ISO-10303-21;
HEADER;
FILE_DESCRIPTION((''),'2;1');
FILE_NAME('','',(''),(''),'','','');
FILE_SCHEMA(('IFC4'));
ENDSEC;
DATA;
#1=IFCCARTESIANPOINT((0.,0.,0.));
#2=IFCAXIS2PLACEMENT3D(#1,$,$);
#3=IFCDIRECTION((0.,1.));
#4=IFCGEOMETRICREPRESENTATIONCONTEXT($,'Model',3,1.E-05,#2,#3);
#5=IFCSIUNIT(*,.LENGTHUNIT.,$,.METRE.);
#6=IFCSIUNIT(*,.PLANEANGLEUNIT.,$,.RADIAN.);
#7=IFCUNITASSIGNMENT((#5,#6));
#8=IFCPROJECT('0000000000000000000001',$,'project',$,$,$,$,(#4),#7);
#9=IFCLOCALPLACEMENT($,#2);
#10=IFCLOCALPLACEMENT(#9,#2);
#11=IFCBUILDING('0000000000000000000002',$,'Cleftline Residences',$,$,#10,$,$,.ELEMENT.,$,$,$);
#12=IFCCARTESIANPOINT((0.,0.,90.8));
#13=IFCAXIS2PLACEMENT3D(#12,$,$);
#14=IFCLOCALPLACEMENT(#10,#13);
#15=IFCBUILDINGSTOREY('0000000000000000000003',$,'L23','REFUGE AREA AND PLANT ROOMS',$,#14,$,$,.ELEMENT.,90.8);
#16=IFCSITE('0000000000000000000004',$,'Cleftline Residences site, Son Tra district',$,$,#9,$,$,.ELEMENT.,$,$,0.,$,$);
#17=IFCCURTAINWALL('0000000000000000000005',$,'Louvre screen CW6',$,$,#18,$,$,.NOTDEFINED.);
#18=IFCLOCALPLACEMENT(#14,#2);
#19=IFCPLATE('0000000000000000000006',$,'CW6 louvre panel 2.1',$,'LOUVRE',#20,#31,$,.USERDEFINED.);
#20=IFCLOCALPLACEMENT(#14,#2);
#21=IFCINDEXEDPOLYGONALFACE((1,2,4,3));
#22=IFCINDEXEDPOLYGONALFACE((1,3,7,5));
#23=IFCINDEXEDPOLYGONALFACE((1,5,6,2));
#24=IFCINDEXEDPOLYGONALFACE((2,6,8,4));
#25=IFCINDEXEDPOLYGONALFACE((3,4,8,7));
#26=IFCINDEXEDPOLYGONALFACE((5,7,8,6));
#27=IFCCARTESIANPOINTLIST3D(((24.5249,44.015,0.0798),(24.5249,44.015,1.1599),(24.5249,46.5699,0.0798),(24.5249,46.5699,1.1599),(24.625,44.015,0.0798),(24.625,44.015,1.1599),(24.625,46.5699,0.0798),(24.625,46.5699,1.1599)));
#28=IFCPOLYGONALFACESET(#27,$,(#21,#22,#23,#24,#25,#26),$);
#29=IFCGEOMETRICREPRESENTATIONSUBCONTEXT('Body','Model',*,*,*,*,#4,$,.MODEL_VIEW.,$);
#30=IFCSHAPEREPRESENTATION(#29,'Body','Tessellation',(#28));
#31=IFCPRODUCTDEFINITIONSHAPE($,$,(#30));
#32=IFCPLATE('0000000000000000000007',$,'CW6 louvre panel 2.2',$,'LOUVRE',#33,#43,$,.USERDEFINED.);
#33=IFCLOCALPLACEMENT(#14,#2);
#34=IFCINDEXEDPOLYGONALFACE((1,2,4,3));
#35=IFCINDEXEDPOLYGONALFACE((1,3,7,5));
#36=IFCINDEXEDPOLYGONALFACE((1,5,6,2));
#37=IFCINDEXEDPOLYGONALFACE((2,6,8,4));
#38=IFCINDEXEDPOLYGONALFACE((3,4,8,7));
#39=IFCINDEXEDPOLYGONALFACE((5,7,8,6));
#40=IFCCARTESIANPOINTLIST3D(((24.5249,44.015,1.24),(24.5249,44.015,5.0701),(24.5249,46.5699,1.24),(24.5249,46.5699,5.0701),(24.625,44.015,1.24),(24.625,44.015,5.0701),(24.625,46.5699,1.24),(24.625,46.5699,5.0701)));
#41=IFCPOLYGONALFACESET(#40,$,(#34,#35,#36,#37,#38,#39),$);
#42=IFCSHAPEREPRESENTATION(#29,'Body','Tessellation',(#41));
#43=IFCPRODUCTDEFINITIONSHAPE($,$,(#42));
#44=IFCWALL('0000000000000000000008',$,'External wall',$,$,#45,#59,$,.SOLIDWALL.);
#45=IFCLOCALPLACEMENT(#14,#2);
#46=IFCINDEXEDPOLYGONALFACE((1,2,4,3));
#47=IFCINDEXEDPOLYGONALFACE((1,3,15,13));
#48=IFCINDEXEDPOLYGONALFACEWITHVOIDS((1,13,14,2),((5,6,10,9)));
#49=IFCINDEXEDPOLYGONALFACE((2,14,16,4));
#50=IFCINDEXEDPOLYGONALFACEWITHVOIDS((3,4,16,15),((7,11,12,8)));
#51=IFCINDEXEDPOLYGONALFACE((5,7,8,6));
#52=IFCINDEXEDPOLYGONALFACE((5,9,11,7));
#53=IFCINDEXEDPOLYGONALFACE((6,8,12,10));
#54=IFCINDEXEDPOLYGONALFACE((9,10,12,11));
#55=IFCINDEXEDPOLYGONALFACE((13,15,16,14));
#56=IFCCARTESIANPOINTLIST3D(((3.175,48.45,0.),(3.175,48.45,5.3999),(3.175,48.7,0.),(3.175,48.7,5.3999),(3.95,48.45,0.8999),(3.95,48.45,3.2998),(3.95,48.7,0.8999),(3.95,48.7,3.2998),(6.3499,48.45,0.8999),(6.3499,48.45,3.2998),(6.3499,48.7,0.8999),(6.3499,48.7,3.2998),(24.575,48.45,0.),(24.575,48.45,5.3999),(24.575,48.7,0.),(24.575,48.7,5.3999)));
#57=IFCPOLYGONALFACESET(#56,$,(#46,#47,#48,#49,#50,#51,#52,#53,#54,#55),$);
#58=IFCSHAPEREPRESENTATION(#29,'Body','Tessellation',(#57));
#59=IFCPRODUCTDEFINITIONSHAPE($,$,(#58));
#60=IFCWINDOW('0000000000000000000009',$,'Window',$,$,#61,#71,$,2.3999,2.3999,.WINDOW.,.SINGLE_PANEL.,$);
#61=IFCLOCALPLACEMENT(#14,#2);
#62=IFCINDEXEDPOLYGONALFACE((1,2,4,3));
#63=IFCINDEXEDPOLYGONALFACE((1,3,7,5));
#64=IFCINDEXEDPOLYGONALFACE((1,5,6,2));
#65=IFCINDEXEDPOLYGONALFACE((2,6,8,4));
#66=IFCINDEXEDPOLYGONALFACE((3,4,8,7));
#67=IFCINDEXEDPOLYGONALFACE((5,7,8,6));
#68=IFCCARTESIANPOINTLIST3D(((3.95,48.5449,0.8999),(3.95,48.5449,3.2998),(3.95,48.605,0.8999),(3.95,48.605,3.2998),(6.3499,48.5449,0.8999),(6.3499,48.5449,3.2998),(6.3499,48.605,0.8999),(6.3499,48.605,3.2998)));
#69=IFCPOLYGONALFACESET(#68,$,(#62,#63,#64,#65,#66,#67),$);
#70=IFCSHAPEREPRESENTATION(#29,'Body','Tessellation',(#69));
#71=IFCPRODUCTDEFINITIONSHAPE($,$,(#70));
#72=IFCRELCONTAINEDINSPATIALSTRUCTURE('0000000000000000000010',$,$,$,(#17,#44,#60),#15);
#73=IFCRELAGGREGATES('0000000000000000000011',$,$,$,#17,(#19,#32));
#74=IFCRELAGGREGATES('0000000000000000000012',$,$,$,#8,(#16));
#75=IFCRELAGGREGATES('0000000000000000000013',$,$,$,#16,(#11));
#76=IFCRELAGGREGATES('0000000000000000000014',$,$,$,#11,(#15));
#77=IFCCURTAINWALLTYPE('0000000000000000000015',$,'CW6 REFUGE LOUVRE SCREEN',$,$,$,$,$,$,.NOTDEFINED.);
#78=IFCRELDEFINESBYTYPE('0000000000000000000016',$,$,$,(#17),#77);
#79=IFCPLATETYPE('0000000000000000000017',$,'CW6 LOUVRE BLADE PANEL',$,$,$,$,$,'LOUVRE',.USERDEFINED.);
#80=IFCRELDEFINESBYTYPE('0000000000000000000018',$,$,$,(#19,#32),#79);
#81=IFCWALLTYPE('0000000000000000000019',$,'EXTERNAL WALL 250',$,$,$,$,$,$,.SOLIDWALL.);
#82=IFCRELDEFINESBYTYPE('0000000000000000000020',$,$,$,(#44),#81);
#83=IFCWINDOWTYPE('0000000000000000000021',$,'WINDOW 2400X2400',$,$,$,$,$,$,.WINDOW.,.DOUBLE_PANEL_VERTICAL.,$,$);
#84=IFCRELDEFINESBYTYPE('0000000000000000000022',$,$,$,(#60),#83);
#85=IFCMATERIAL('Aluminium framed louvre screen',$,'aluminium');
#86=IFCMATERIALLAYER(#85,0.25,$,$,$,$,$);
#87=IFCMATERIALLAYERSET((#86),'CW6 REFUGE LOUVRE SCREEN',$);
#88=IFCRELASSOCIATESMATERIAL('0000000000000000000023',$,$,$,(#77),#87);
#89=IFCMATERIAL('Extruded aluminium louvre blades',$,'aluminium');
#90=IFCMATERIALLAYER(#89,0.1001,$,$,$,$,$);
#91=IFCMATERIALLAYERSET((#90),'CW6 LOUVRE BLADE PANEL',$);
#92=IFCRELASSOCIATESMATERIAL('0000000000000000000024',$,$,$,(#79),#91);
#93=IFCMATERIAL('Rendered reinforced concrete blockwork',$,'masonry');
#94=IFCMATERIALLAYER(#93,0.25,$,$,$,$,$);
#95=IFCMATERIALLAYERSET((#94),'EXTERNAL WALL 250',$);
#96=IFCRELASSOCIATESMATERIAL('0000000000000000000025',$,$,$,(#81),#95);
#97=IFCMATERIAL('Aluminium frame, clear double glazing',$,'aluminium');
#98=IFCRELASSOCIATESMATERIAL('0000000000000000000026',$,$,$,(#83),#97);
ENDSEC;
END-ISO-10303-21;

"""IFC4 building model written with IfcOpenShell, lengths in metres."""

from ifc_helpers import new_model, si_unit, direction, frame, frame_2d, origin, origin_2d, place, context, subcontext, project, spatial, rectangle, extrude, material, layer, layer_set, type_object, element, fill, aggregate, save


model = new_model("IFC4")

# Units and contexts
model_context = context("Model", 3, precision=1e-05, world=origin(), true_north=direction((0.0, 1.0)))
body_context = subcontext(model_context, "Body", "Model", "MODEL_VIEW")
ifc_project = project(units=[si_unit("LENGTHUNIT", "METRE"), si_unit("PLANEANGLEUNIT", "RADIAN")], contexts=[model_context])

# Site, building, storey
site_placement = place(None, origin())
site = spatial("IfcSite", under=ifc_project, at=site_placement, Name="Cleftline Residences site, Son Tra district", CompositionType="ELEMENT", RefElevation=0.0)
building_placement = place(site_placement, origin())
building = spatial("IfcBuilding", under=site, at=building_placement, Name="Cleftline Residences", CompositionType="ELEMENT")
storey_placement = place(building_placement, frame((0.0, 0.0, 90.8)))
storey = spatial("IfcBuildingStorey", under=building, at=storey_placement, Name="L23", Description="REFUGE AREA AND PLANT ROOMS", CompositionType="ELEMENT", Elevation=90.8)

# Curtain wall
ifc_material_1 = material(Name="Aluminium framed louvre screen", Category="aluminium")
ifc_layer_1 = layer(ifc_material_1, 0.25)
ifc_layer_set_1 = layer_set([ifc_layer_1], Name="CW6 REFUGE LOUVRE SCREEN")
curtain_wall_type_1 = type_object("IfcCurtainWallType", Name="CW6 REFUGE LOUVRE SCREEN", PredefinedType="NOTDEFINED", material=ifc_layer_set_1)
curtain_wall_1_placement = place(storey_placement, origin())
curtain_wall_1 = element("IfcCurtainWall", 1, at=curtain_wall_1_placement, inside=storey, type_object=curtain_wall_type_1, Name="Louvre screen CW6", PredefinedType="NOTDEFINED")

# Plates
ifc_material_2 = material(Name="Extruded aluminium louvre blades", Category="aluminium")
ifc_layer_2 = layer(ifc_material_2, 0.1001)
ifc_layer_set_2 = layer_set([ifc_layer_2], Name="CW6 LOUVRE BLADE PANEL")
plate_type_1 = type_object("IfcPlateType", Name="CW6 LOUVRE BLADE PANEL", ElementType="LOUVRE", PredefinedType="USERDEFINED", material=ifc_layer_set_2)
plate_1_placement = place(storey_placement, frame((24.575, 45.2925, 0.0798), z_axis=(0.0, 0.0, 1.0), x_axis=(0.0, 1.0, 0.0)))
plate_1 = element("IfcPlate", 2, at=plate_1_placement, type_object=plate_type_1, Name="CW6 louvre panel 2.1", ObjectType="LOUVRE", PredefinedType="USERDEFINED", context=body_context, shape_type="SweptSolid", body=[
    extrude(rectangle(XDim=2.5549, YDim=0.1001, at=origin_2d()), origin(), (0.0, 0.0, 1.0), 1.0801),
])
plate_2_placement = place(storey_placement, frame((24.575, 45.2925, 1.24), z_axis=(0.0, 0.0, 1.0), x_axis=(0.0, 1.0, 0.0)))
plate_2 = element("IfcPlate", 3, at=plate_2_placement, type_object=plate_type_1, Name="CW6 louvre panel 2.2", ObjectType="LOUVRE", PredefinedType="USERDEFINED", context=body_context, shape_type="SweptSolid", body=[
    extrude(rectangle(XDim=2.5549, YDim=0.1001, at=origin_2d()), origin(), (0.0, 0.0, 1.0), 3.8301),
])
aggregate(curtain_wall_1, [plate_1, plate_2])

# Wall, opening, window
ifc_material_3 = material(Name="Rendered reinforced concrete blockwork", Category="masonry")
ifc_layer_3 = layer(ifc_material_3, 0.25)
ifc_layer_set_3 = layer_set([ifc_layer_3], Name="EXTERNAL WALL 250")
wall_type = type_object("IfcWallType", Name="EXTERNAL WALL 250", PredefinedType="SOLIDWALL", material=ifc_layer_set_3)
wall_placement = place(storey_placement, frame((24.575, 48.575, 0.0), z_axis=(0.0, 0.0, 1.0), x_axis=(-1.0, 0.0, 0.0)))
wall = element("IfcWall", 4, at=wall_placement, inside=storey, type_object=wall_type, Name="External wall", PredefinedType="SOLIDWALL", context=body_context, shape_type="SweptSolid", body=[
    extrude(rectangle(XDim=21.3999, YDim=0.25, at=frame_2d((10.7, 0.0))), origin(), (0.0, 0.0, 1.0), 5.3999),
])
opening_placement = place(wall_placement, frame((18.2251, 0.0, 0.8999)))
opening = element("IfcOpeningElement", 5, at=opening_placement, cuts=wall, PredefinedType="OPENING", context=body_context, shape_type="SweptSolid", body=[
    extrude(rectangle(XDim=2.3999, YDim=2.3999, at=frame_2d((1.2, 1.2))), frame((0.0, 0.135, 0.0), z_axis=(0.0, -1.0, 0.0), x_axis=(1.0, 0.0, 0.0)), (0.0, 0.0, 1.0), 0.27),
])
ifc_material_4 = material(Name="Aluminium frame, clear double glazing", Category="aluminium")
window_type = type_object("IfcWindowType", Name="WINDOW 2400X2400", PartitioningType="DOUBLE_PANEL_VERTICAL", PredefinedType="WINDOW", material=ifc_material_4)
window_placement = place(opening_placement, origin())
window = element("IfcWindow", 6, at=window_placement, inside=storey, type_object=window_type, Name="Window", OverallHeight=2.3999, OverallWidth=2.3999, PartitioningType="SINGLE_PANEL", PredefinedType="WINDOW", context=body_context, shape_type="SweptSolid", body=[
    extrude(rectangle(XDim=2.3999, YDim=2.3999, at=frame_2d((1.2, 1.2))), frame((0.0, 0.03, 0.0), z_axis=(0.0, -1.0, 0.0), x_axis=(1.0, 0.0, 0.0)), (0.0, 0.0, 1.0), 0.0601),
])
fill(opening, window)

save(model, "model.ifc")
